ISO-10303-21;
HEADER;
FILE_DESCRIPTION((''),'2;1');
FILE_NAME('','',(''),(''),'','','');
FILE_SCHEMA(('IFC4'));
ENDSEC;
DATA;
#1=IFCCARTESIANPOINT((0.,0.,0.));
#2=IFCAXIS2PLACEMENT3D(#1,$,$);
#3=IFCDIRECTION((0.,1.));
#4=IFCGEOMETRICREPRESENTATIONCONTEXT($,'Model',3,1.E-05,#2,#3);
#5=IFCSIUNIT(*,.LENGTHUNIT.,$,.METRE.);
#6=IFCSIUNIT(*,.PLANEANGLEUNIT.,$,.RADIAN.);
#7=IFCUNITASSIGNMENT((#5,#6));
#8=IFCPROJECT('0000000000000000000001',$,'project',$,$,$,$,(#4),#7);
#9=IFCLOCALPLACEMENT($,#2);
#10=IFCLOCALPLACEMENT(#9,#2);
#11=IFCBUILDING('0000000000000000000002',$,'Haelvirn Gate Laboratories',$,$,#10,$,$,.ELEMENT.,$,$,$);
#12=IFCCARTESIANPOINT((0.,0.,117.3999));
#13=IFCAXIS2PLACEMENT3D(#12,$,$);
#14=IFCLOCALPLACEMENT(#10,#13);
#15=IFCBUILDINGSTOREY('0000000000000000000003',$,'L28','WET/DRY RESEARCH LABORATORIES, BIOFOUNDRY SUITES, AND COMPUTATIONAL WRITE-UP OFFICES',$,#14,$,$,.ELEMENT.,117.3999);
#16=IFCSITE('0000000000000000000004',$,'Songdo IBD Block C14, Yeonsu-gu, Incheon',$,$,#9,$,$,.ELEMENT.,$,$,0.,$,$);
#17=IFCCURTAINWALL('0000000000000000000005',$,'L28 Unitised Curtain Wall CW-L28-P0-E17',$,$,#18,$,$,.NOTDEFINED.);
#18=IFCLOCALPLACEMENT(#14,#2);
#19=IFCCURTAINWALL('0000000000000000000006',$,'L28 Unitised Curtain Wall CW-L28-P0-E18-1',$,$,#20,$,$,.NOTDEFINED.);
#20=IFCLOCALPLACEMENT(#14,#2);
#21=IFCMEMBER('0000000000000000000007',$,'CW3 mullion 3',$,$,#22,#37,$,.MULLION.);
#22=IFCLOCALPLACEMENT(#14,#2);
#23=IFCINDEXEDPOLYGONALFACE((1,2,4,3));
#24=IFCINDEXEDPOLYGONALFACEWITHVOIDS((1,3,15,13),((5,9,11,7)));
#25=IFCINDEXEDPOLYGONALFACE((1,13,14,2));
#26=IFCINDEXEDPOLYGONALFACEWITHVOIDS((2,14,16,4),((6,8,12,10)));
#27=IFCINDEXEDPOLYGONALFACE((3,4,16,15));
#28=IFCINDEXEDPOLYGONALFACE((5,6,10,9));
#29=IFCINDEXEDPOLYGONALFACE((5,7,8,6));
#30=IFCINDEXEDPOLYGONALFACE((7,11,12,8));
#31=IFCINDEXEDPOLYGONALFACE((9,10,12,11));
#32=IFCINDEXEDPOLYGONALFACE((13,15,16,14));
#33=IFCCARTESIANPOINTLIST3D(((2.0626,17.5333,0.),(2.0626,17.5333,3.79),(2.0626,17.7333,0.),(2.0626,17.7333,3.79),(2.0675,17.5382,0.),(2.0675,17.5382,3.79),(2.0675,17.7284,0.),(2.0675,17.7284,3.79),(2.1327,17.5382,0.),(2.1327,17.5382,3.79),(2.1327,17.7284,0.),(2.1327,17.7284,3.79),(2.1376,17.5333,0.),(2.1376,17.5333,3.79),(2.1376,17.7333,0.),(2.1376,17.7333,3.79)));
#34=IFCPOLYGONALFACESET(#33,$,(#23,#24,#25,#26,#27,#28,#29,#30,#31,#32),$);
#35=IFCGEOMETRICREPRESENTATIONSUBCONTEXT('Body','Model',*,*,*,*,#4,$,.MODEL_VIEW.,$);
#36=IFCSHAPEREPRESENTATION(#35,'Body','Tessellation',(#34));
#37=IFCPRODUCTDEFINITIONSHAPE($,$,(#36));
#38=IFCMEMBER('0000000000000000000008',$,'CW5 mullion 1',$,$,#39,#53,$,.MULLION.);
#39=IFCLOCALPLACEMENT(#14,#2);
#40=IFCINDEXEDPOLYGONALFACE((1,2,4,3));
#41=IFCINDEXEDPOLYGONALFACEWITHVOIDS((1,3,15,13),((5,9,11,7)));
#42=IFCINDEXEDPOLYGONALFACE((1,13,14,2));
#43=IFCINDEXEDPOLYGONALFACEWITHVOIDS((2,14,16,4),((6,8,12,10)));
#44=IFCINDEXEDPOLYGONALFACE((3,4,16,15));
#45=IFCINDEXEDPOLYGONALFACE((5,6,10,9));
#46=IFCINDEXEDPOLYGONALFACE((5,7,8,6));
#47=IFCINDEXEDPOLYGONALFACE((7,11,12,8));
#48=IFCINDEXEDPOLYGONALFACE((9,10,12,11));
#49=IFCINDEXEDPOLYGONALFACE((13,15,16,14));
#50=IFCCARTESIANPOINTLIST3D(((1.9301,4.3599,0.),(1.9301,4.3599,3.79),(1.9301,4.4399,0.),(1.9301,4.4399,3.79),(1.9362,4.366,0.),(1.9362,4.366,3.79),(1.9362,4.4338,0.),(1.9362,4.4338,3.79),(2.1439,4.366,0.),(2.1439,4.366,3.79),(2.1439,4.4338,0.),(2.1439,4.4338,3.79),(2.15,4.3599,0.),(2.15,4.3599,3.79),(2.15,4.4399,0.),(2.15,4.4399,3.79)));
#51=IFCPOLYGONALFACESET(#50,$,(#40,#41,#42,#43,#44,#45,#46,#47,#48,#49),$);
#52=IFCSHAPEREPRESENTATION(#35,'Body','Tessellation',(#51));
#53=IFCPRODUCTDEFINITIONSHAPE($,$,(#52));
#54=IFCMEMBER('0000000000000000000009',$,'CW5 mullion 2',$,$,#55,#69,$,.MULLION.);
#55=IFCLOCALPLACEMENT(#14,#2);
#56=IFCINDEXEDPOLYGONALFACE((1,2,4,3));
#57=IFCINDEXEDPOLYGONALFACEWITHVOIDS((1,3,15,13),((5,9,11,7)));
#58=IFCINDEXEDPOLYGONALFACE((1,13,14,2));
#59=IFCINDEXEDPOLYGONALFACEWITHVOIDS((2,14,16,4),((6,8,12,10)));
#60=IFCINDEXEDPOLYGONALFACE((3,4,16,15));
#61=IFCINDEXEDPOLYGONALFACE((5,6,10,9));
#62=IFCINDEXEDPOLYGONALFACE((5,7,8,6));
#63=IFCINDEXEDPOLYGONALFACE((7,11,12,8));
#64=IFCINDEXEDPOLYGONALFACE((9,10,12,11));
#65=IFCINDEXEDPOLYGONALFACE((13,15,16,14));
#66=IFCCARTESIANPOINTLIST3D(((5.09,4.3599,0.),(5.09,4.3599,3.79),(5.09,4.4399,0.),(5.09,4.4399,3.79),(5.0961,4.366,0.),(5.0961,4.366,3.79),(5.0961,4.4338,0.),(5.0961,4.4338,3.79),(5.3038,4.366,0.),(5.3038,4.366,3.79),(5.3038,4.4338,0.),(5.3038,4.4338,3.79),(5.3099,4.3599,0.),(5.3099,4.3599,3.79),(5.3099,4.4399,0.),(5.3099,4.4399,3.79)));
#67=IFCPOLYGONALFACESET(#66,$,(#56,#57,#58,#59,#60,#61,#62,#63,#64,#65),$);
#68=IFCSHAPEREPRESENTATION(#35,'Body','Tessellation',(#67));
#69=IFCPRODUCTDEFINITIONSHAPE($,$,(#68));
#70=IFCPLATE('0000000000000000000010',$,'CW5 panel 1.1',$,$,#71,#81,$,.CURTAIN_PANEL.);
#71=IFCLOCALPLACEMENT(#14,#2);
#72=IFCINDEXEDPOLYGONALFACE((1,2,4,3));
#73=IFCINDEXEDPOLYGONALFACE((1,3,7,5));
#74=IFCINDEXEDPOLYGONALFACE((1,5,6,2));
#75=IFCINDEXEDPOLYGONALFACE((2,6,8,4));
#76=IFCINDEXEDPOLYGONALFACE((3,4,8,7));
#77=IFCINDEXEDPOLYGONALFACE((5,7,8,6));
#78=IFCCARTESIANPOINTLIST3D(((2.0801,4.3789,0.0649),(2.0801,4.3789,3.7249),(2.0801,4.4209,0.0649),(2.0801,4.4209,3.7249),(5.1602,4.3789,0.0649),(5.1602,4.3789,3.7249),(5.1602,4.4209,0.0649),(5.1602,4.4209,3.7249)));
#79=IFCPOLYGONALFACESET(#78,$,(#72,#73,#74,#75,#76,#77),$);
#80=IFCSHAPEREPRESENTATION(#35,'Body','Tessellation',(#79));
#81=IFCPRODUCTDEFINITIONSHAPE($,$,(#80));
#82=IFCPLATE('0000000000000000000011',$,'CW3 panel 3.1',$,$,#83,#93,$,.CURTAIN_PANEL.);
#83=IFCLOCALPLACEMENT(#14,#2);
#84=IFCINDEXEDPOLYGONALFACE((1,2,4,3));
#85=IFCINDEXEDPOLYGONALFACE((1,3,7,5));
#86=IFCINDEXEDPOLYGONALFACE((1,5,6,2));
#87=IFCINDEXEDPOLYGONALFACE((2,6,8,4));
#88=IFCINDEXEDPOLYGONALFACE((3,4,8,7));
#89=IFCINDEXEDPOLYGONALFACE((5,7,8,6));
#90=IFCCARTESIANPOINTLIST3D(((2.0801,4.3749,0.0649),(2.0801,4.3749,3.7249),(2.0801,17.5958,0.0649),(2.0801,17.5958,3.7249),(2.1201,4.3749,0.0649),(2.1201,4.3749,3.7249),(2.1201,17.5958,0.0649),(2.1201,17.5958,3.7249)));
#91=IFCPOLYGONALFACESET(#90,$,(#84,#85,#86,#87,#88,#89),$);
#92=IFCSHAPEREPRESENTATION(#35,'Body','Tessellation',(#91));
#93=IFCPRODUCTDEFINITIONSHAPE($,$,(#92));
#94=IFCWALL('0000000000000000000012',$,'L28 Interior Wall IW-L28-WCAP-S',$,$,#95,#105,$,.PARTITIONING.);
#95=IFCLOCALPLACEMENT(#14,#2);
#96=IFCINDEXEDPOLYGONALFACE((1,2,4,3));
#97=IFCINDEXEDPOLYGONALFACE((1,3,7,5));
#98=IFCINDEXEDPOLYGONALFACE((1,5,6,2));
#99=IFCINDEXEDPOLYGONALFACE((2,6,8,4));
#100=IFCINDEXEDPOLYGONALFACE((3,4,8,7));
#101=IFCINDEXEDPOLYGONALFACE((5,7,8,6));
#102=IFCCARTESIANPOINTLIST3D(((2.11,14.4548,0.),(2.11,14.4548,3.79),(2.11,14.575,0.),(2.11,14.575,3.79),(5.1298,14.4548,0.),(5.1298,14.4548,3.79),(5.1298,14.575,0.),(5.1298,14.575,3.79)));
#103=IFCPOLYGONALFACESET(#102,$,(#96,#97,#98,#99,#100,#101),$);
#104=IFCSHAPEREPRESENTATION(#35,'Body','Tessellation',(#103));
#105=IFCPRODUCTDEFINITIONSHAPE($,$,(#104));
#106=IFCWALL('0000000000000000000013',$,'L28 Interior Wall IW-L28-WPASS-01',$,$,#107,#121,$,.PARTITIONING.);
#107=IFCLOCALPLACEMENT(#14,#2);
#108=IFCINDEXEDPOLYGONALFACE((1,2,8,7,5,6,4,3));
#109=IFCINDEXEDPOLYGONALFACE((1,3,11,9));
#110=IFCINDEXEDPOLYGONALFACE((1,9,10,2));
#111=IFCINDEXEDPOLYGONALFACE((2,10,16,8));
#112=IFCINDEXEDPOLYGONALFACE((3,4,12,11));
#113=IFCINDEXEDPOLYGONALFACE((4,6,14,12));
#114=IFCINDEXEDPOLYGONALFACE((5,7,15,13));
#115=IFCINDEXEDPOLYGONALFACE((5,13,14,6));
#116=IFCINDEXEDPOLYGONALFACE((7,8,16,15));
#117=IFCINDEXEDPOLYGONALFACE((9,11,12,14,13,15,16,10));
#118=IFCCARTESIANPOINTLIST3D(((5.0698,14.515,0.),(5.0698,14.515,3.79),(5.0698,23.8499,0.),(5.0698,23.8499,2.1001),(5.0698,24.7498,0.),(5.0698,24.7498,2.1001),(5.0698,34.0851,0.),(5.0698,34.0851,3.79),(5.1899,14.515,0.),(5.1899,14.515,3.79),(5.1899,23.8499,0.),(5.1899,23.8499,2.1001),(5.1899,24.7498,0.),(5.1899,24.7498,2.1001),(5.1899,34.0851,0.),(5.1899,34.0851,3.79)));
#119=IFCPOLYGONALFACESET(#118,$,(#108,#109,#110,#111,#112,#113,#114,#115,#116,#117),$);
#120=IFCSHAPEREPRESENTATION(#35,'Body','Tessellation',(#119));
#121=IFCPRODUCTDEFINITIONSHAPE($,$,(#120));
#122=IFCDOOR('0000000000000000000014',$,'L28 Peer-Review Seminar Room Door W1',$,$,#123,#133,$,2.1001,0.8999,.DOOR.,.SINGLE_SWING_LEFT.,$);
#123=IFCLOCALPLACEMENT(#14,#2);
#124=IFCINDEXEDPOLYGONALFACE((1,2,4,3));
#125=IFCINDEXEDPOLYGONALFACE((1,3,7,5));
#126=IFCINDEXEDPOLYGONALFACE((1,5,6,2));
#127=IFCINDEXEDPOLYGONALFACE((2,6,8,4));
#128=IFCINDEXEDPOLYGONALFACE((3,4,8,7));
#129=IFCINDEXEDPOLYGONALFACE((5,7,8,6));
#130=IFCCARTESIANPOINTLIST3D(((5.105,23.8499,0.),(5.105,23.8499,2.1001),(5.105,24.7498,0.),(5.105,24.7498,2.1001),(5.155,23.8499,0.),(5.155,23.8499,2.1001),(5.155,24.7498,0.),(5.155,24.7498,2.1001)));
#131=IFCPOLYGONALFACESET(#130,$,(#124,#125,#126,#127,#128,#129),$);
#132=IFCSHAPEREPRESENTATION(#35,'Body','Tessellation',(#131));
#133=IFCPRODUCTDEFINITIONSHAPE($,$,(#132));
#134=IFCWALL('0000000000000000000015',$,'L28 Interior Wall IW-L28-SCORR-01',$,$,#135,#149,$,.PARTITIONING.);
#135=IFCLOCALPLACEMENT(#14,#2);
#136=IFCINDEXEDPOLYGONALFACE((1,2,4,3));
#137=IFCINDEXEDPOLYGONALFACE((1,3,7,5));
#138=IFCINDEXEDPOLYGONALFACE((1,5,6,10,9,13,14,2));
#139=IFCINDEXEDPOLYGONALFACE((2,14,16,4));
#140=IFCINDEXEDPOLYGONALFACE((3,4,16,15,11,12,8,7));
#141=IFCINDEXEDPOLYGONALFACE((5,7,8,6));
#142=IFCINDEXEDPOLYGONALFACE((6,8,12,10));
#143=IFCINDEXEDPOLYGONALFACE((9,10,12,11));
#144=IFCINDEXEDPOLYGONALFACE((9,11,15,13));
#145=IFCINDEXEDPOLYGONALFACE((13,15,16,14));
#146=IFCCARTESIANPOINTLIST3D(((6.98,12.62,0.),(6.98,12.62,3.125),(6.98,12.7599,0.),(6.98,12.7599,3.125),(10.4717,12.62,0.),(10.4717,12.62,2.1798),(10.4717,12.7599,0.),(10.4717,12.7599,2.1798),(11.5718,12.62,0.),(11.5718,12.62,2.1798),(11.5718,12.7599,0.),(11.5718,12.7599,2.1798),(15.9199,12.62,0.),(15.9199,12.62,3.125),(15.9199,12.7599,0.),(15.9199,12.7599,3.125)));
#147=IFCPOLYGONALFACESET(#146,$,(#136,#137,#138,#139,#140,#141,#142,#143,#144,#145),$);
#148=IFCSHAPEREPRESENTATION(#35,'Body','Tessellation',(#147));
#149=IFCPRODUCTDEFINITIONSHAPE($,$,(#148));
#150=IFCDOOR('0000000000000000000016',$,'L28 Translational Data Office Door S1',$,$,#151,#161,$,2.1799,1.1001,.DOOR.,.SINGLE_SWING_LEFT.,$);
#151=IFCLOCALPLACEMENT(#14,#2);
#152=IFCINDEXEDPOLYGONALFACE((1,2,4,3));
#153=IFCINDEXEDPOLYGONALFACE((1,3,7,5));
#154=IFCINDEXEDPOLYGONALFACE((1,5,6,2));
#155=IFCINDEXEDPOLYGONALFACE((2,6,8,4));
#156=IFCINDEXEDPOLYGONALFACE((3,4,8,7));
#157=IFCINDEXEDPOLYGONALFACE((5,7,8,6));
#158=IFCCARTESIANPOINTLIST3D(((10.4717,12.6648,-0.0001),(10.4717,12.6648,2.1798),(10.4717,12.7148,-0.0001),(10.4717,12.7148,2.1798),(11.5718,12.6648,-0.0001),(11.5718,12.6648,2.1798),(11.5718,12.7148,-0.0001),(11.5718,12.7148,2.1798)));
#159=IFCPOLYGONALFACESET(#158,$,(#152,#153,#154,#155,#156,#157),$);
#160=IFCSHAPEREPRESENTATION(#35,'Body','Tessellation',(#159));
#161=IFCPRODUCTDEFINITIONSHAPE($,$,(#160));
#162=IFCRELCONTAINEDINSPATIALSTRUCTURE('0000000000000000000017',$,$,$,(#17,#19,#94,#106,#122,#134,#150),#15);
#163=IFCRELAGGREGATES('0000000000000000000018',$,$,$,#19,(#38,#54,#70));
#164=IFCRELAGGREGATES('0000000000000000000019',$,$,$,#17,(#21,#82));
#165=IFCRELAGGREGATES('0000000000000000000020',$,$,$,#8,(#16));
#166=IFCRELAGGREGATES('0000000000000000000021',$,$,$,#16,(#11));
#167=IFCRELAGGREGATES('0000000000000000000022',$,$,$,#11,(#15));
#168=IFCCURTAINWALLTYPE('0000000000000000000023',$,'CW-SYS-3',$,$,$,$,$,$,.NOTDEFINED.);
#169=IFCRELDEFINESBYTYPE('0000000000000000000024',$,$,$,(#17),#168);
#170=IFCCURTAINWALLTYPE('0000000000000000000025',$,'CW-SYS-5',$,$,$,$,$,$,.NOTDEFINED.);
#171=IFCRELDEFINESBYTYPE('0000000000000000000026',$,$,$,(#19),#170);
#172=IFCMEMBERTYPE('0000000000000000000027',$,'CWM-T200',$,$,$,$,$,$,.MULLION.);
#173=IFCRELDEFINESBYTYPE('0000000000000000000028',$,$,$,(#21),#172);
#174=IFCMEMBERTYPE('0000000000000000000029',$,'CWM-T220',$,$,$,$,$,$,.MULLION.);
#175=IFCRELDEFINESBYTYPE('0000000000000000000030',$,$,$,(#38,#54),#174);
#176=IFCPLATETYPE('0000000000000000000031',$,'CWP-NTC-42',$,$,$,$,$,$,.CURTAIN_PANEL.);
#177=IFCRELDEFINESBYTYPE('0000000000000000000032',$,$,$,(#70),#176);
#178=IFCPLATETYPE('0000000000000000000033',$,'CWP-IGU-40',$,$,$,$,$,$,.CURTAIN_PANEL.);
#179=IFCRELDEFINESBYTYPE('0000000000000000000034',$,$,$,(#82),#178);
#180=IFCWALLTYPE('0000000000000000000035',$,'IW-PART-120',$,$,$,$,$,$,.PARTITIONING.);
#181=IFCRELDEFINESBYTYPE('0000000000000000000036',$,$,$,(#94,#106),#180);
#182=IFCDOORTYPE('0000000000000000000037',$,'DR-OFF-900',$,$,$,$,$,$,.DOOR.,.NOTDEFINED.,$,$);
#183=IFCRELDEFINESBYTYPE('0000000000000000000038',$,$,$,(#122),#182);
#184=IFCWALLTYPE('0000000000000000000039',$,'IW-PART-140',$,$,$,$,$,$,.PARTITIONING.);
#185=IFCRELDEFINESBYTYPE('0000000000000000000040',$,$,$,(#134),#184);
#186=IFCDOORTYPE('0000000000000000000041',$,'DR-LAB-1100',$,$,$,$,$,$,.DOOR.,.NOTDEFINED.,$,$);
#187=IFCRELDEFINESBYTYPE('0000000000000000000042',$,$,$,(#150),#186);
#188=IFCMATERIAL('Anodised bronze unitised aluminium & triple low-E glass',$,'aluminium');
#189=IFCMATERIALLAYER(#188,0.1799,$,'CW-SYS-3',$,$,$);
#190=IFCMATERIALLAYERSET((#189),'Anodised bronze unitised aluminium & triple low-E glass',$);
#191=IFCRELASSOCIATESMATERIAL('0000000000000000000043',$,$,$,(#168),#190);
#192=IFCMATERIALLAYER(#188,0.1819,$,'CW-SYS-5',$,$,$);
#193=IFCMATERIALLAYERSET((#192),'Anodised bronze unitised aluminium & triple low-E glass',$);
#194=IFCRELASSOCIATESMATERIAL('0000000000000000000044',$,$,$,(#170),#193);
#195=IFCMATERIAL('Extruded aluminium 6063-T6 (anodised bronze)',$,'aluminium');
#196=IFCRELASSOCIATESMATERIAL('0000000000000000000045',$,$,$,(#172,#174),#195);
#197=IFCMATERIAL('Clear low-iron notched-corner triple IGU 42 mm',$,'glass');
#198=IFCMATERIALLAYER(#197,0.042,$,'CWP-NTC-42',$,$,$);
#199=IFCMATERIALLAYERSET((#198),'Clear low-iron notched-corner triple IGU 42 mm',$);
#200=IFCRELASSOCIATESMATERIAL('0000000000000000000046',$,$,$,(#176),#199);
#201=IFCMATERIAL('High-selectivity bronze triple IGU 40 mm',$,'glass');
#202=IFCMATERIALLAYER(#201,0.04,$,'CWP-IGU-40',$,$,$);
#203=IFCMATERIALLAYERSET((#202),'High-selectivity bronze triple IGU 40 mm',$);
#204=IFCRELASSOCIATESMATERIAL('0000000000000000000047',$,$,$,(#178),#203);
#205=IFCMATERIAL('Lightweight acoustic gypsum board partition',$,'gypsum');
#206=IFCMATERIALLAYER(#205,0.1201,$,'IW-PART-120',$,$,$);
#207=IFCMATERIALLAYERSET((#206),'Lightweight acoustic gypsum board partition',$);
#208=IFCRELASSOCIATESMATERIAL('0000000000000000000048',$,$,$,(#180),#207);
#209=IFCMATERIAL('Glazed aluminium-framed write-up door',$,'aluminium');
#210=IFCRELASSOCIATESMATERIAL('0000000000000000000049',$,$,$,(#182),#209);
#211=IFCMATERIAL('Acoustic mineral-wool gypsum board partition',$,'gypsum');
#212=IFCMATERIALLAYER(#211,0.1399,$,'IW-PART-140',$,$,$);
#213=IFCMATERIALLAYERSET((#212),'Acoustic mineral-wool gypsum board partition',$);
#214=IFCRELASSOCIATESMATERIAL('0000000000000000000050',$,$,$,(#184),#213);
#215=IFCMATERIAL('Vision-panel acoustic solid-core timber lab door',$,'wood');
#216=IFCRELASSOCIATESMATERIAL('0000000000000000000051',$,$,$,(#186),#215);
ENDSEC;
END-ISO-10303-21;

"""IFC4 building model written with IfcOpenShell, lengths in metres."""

from ifc_helpers import new_model, si_unit, direction, frame, frame_2d, origin, origin_2d, place, context, subcontext, project, spatial, rectangle, hollow_rectangle, extrude, source, transform, mapped, material, layer, layer_set, material_profile, profile_set, type_object, type_shapes, element, fill, aggregate, save


model = new_model("IFC4")

# Units and contexts
model_context = context("Model", 3, precision=1e-05, world=origin(), true_north=direction((0.0, 1.0)))
body_context = subcontext(model_context, "Body", "Model", "MODEL_VIEW")
ifc_project = project(units=[si_unit("LENGTHUNIT", "METRE"), si_unit("PLANEANGLEUNIT", "RADIAN")], contexts=[model_context])

# Site, building, storey
site_placement = place(None, origin())
site = spatial("IfcSite", under=ifc_project, at=site_placement, Name="Songdo IBD Block C14, Yeonsu-gu, Incheon", CompositionType="ELEMENT", RefElevation=0.0)
building_placement = place(site_placement, origin())
building = spatial("IfcBuilding", under=site, at=building_placement, Name="Haelvirn Gate Laboratories", CompositionType="ELEMENT")
storey_placement = place(building_placement, frame((0.0, 0.0, 117.3999)))
storey = spatial("IfcBuildingStorey", under=building, at=storey_placement, Name="L28", Description="WET/DRY RESEARCH LABORATORIES, BIOFOUNDRY SUITES, AND COMPUTATIONAL WRITE-UP OFFICES", CompositionType="ELEMENT", Elevation=117.3999)

# Curtain walls
ifc_material_1 = material(Name="Anodised bronze unitised aluminium & triple low-E glass", Category="aluminium")
ifc_layer_1 = layer(ifc_material_1, 0.1799, Name="CW-SYS-3")
ifc_layer_set_1 = layer_set([ifc_layer_1], Name="Anodised bronze unitised aluminium & triple low-E glass")
curtain_wall_type_1 = type_object("IfcCurtainWallType", Name="CW-SYS-3", PredefinedType="NOTDEFINED", material=ifc_layer_set_1)
curtain_wall_1_placement = place(storey_placement, origin())
curtain_wall_1 = element("IfcCurtainWall", 1, at=curtain_wall_1_placement, inside=storey, type_object=curtain_wall_type_1, Name="L28 Unitised Curtain Wall CW-L28-P0-E17", PredefinedType="NOTDEFINED")
ifc_material_2 = material(Name="Extruded aluminium 6063-T6 (anodised bronze)", Category="aluminium")
ifc_layer_2 = layer(ifc_material_1, 0.1819, Name="CW-SYS-5")
ifc_layer_set_2 = layer_set([ifc_layer_2], Name="Anodised bronze unitised aluminium & triple low-E glass")
curtain_wall_type_2 = type_object("IfcCurtainWallType", Name="CW-SYS-5", PredefinedType="NOTDEFINED", material=ifc_layer_set_2)
curtain_wall_2_placement = place(storey_placement, origin())
curtain_wall_2 = element("IfcCurtainWall", 2, at=curtain_wall_2_placement, inside=storey, type_object=curtain_wall_type_2, Name="L28 Unitised Curtain Wall CW-L28-P0-E18-1", PredefinedType="NOTDEFINED")

# Members
ifc_material_profile_1 = material_profile(ifc_material_2, hollow_rectangle(XDim=0.075, YDim=0.2, WallThickness=0.0049, at=origin_2d()), Name="CWM-200x75x5")
ifc_profile_set_1 = profile_set([ifc_material_profile_1], Name="Extruded aluminium 6063-T6 (anodised bronze)")
member_type_1 = type_object("IfcMemberType", Name="CWM-T200", PredefinedType="MULLION", material=ifc_profile_set_1)
shared_shape_1 = source(origin(), body_context, "Body", "SweptSolid", [
    extrude(hollow_rectangle(XDim=0.075, YDim=0.2, WallThickness=0.0049, at=origin_2d()), origin(), (0.0, 0.0, 1.0), 3.79),
])
type_shapes(member_type_1, [shared_shape_1])
member_1_placement = place(storey_placement, frame((2.1001, 17.6333, 0.0), z_axis=(0.0, 0.0, 1.0), x_axis=(1.0, 0.0, 0.0)))
member_1 = element("IfcMember", 3, at=member_1_placement, type_object=member_type_1, Name="CW3 mullion 3", PredefinedType="MULLION", context=body_context, shape_type="MappedRepresentation", body=[
    mapped(shared_shape_1, transform((0.0, 0.0, 0.0), scale=1.0)),
])
ifc_material_profile_2 = material_profile(ifc_material_2, hollow_rectangle(XDim=0.0801, YDim=0.22, WallThickness=0.0061, at=origin_2d()), Name="CWM-220x80x6")
ifc_profile_set_2 = profile_set([ifc_material_profile_2], Name="Extruded aluminium 6063-T6 (anodised bronze)")
member_type_2 = type_object("IfcMemberType", Name="CWM-T220", PredefinedType="MULLION", material=ifc_profile_set_2)
shared_shape_2 = source(origin(), body_context, "Body", "SweptSolid", [
    extrude(hollow_rectangle(XDim=0.0801, YDim=0.22, WallThickness=0.0061, at=origin_2d()), origin(), (0.0, 0.0, 1.0), 3.79),
])
type_shapes(member_type_2, [shared_shape_2])
member_2_placement = place(storey_placement, frame((2.04, 4.3999, 0.0), z_axis=(0.0, 0.0, 1.0), x_axis=(0.0, 1.0, 0.0)))
member_2 = element("IfcMember", 4, at=member_2_placement, type_object=member_type_2, Name="CW5 mullion 1", PredefinedType="MULLION", context=body_context, shape_type="MappedRepresentation", body=[
    mapped(shared_shape_2, transform((0.0, 0.0, 0.0), scale=1.0)),
])
member_3_placement = place(storey_placement, frame((5.2, 4.3999, 0.0), z_axis=(0.0, 0.0, 1.0), x_axis=(0.0, 1.0, 0.0)))
member_3 = element("IfcMember", 5, at=member_3_placement, type_object=member_type_2, Name="CW5 mullion 2", PredefinedType="MULLION", context=body_context, shape_type="MappedRepresentation", body=[
    mapped(shared_shape_2, transform((0.0, 0.0, 0.0), scale=1.0)),
])

# Plates
ifc_material_3 = material(Name="Clear low-iron notched-corner triple IGU 42 mm", Category="glass")
ifc_layer_3 = layer(ifc_material_3, 0.042, Name="CWP-NTC-42")
ifc_layer_set_3 = layer_set([ifc_layer_3], Name="Clear low-iron notched-corner triple IGU 42 mm")
plate_type_1 = type_object("IfcPlateType", Name="CWP-NTC-42", PredefinedType="CURTAIN_PANEL", material=ifc_layer_set_3)
shared_shape_3 = source(origin(), body_context, "Body", "SweptSolid", [
    extrude(rectangle(XDim=3.0801, YDim=0.042, at=origin_2d()), origin(), (0.0, 0.0, 1.0), 3.6599),
])
type_shapes(plate_type_1, [shared_shape_3])
plate_1_placement = place(storey_placement, frame((3.6201, 4.3999, 0.0649), z_axis=(0.0, 0.0, 1.0), x_axis=(1.0, 0.0, 0.0)))
plate_1 = element("IfcPlate", 6, at=plate_1_placement, type_object=plate_type_1, Name="CW5 panel 1.1", PredefinedType="CURTAIN_PANEL", context=body_context, shape_type="MappedRepresentation", body=[
    mapped(shared_shape_3, transform((0.0, 0.0, 0.0), scale=1.0)),
])
aggregate(curtain_wall_2, [member_2, member_3, plate_1])
ifc_material_4 = material(Name="High-selectivity bronze triple IGU 40 mm", Category="glass")
ifc_layer_4 = layer(ifc_material_4, 0.04, Name="CWP-IGU-40")
ifc_layer_set_4 = layer_set([ifc_layer_4], Name="High-selectivity bronze triple IGU 40 mm")
plate_type_2 = type_object("IfcPlateType", Name="CWP-IGU-40", PredefinedType="CURTAIN_PANEL", material=ifc_layer_set_4)
shared_shape_4 = source(origin(), body_context, "Body", "SweptSolid", [
    extrude(rectangle(XDim=13.2209, YDim=0.04, at=origin_2d()), origin(), (0.0, 0.0, 1.0), 3.6599),
])
type_shapes(plate_type_2, [shared_shape_4])
plate_2_placement = place(storey_placement, frame((2.1001, 10.9854, 0.0649), z_axis=(0.0, 0.0, 1.0), x_axis=(0.0, -1.0, 0.0)))
plate_2 = element("IfcPlate", 7, at=plate_2_placement, type_object=plate_type_2, Name="CW3 panel 3.1", PredefinedType="CURTAIN_PANEL", context=body_context, shape_type="MappedRepresentation", body=[
    mapped(shared_shape_4, transform((0.0, 0.0, 0.0), scale=1.0)),
])
aggregate(curtain_wall_1, [member_1, plate_2])

# Wall
ifc_material_5 = material(Name="Lightweight acoustic gypsum board partition", Category="gypsum")
ifc_layer_5 = layer(ifc_material_5, 0.1201, Name="IW-PART-120")
ifc_layer_set_5 = layer_set([ifc_layer_5], Name="Lightweight acoustic gypsum board partition")
wall_type_1 = type_object("IfcWallType", Name="IW-PART-120", PredefinedType="PARTITIONING", material=ifc_layer_set_5)
wall_1_placement = place(storey_placement, frame((2.1101, 14.5149, 0.0), z_axis=(0.0, 0.0, 1.0), x_axis=(1.0, 0.0, 0.0)))
element("IfcWall", 8, at=wall_1_placement, inside=storey, type_object=wall_type_1, Name="L28 Interior Wall IW-L28-WCAP-S", PredefinedType="PARTITIONING", context=body_context, shape_type="SweptSolid", body=[
    extrude(rectangle(XDim=3.0198, YDim=0.1201, at=frame_2d((1.5098, 0.0))), origin(), (0.0, 0.0, 1.0), 3.79),
])

# Walls, openings, doors
wall_2_placement = place(storey_placement, frame((5.1299, 14.5149, 0.0), z_axis=(0.0, 0.0, 1.0), x_axis=(0.0, 1.0, 0.0)))
wall_2 = element("IfcWall", 9, at=wall_2_placement, inside=storey, type_object=wall_type_1, Name="L28 Interior Wall IW-L28-WPASS-01", PredefinedType="PARTITIONING", context=body_context, shape_type="SweptSolid", body=[
    extrude(rectangle(XDim=19.5701, YDim=0.1201, at=frame_2d((9.7852, 0.0))), origin(), (0.0, 0.0, 1.0), 3.79),
])
opening_1_placement = place(wall_2_placement, frame((9.335, 0.0, 0.0)))
opening_1 = element("IfcOpeningElement", 10, at=opening_1_placement, cuts=wall_2, PredefinedType="OPENING", context=body_context, shape_type="SweptSolid", body=[
    extrude(rectangle(XDim=0.8999, YDim=2.1001, at=frame_2d((0.45, 1.05))), frame((0.0, 0.0701, 0.0), z_axis=(0.0, -1.0, 0.0), x_axis=(1.0, 0.0, 0.0)), (0.0, 0.0, 1.0), 0.1401),
])
ifc_material_6 = material(Name="Glazed aluminium-framed write-up door", Category="aluminium")
door_type_1 = type_object("IfcDoorType", Name="DR-OFF-900", OperationType="NOTDEFINED", PredefinedType="DOOR", material=ifc_material_6)
shared_shape_5 = source(origin(), body_context, "Body", "SweptSolid", [
    extrude(rectangle(XDim=0.8999, YDim=2.1001, at=frame_2d((0.45, 1.05))), frame((0.0, 0.0249, 0.0), z_axis=(0.0, -1.0, 0.0), x_axis=(1.0, 0.0, 0.0)), (0.0, 0.0, 1.0), 0.05),
])
type_shapes(door_type_1, [shared_shape_5])
door_1_placement = place(opening_1_placement, origin())
door_1 = element("IfcDoor", 11, at=door_1_placement, inside=storey, type_object=door_type_1, Name="L28 Peer-Review Seminar Room Door W1", OperationType="SINGLE_SWING_LEFT", OverallHeight=2.1001, OverallWidth=0.8999, PredefinedType="DOOR", context=body_context, shape_type="MappedRepresentation", body=[
    mapped(shared_shape_5, transform((0.0, 0.0, 0.0), scale=1.0)),
])
fill(opening_1, door_1)
ifc_material_7 = material(Name="Acoustic mineral-wool gypsum board partition", Category="gypsum")
ifc_layer_6 = layer(ifc_material_7, 0.1399, Name="IW-PART-140")
ifc_layer_set_6 = layer_set([ifc_layer_6], Name="Acoustic mineral-wool gypsum board partition")
wall_type_2 = type_object("IfcWallType", Name="IW-PART-140", PredefinedType="PARTITIONING", material=ifc_layer_set_6)
wall_3_placement = place(storey_placement, frame((6.98, 12.6899, 0.0), z_axis=(0.0, 0.0, 1.0), x_axis=(1.0, 0.0, 0.0)))
wall_3 = element("IfcWall", 12, at=wall_3_placement, inside=storey, type_object=wall_type_2, Name="L28 Interior Wall IW-L28-SCORR-01", PredefinedType="PARTITIONING", context=body_context, shape_type="SweptSolid", body=[
    extrude(rectangle(XDim=8.9399, YDim=0.1399, at=frame_2d((4.47, 0.0))), origin(), (0.0, 0.0, 1.0), 3.125),
])
opening_2_placement = place(wall_3_placement, frame((3.4917, 0.0, 0.0)))
opening_2 = element("IfcOpeningElement", 13, at=opening_2_placement, cuts=wall_3, PredefinedType="OPENING", context=body_context, shape_type="SweptSolid", body=[
    extrude(rectangle(XDim=1.1001, YDim=2.1799, at=frame_2d((0.55, 1.0898))), frame((0.0, 0.0801, 0.0), z_axis=(0.0, -1.0, 0.0), x_axis=(1.0, 0.0, 0.0)), (0.0, 0.0, 1.0), 0.1599),
])
ifc_material_8 = material(Name="Vision-panel acoustic solid-core timber lab door", Category="wood")
door_type_2 = type_object("IfcDoorType", Name="DR-LAB-1100", OperationType="NOTDEFINED", PredefinedType="DOOR", material=ifc_material_8)
shared_shape_6 = source(origin(), body_context, "Body", "SweptSolid", [
    extrude(rectangle(XDim=1.1001, YDim=2.1799, at=frame_2d((0.55, 1.0898))), frame((0.0, 0.0249, 0.0), z_axis=(0.0, -1.0, 0.0), x_axis=(1.0, 0.0, 0.0)), (0.0, 0.0, 1.0), 0.05),
])
type_shapes(door_type_2, [shared_shape_6])
door_2_placement = place(opening_2_placement, origin())
door_2 = element("IfcDoor", 14, at=door_2_placement, inside=storey, type_object=door_type_2, Name="L28 Translational Data Office Door S1", OperationType="SINGLE_SWING_LEFT", OverallHeight=2.1799, OverallWidth=1.1001, PredefinedType="DOOR", context=body_context, shape_type="MappedRepresentation", body=[
    mapped(shared_shape_6, transform((0.0, 0.0, 0.0), scale=1.0)),
])
fill(opening_2, door_2)

save(model, "model.ifc")
